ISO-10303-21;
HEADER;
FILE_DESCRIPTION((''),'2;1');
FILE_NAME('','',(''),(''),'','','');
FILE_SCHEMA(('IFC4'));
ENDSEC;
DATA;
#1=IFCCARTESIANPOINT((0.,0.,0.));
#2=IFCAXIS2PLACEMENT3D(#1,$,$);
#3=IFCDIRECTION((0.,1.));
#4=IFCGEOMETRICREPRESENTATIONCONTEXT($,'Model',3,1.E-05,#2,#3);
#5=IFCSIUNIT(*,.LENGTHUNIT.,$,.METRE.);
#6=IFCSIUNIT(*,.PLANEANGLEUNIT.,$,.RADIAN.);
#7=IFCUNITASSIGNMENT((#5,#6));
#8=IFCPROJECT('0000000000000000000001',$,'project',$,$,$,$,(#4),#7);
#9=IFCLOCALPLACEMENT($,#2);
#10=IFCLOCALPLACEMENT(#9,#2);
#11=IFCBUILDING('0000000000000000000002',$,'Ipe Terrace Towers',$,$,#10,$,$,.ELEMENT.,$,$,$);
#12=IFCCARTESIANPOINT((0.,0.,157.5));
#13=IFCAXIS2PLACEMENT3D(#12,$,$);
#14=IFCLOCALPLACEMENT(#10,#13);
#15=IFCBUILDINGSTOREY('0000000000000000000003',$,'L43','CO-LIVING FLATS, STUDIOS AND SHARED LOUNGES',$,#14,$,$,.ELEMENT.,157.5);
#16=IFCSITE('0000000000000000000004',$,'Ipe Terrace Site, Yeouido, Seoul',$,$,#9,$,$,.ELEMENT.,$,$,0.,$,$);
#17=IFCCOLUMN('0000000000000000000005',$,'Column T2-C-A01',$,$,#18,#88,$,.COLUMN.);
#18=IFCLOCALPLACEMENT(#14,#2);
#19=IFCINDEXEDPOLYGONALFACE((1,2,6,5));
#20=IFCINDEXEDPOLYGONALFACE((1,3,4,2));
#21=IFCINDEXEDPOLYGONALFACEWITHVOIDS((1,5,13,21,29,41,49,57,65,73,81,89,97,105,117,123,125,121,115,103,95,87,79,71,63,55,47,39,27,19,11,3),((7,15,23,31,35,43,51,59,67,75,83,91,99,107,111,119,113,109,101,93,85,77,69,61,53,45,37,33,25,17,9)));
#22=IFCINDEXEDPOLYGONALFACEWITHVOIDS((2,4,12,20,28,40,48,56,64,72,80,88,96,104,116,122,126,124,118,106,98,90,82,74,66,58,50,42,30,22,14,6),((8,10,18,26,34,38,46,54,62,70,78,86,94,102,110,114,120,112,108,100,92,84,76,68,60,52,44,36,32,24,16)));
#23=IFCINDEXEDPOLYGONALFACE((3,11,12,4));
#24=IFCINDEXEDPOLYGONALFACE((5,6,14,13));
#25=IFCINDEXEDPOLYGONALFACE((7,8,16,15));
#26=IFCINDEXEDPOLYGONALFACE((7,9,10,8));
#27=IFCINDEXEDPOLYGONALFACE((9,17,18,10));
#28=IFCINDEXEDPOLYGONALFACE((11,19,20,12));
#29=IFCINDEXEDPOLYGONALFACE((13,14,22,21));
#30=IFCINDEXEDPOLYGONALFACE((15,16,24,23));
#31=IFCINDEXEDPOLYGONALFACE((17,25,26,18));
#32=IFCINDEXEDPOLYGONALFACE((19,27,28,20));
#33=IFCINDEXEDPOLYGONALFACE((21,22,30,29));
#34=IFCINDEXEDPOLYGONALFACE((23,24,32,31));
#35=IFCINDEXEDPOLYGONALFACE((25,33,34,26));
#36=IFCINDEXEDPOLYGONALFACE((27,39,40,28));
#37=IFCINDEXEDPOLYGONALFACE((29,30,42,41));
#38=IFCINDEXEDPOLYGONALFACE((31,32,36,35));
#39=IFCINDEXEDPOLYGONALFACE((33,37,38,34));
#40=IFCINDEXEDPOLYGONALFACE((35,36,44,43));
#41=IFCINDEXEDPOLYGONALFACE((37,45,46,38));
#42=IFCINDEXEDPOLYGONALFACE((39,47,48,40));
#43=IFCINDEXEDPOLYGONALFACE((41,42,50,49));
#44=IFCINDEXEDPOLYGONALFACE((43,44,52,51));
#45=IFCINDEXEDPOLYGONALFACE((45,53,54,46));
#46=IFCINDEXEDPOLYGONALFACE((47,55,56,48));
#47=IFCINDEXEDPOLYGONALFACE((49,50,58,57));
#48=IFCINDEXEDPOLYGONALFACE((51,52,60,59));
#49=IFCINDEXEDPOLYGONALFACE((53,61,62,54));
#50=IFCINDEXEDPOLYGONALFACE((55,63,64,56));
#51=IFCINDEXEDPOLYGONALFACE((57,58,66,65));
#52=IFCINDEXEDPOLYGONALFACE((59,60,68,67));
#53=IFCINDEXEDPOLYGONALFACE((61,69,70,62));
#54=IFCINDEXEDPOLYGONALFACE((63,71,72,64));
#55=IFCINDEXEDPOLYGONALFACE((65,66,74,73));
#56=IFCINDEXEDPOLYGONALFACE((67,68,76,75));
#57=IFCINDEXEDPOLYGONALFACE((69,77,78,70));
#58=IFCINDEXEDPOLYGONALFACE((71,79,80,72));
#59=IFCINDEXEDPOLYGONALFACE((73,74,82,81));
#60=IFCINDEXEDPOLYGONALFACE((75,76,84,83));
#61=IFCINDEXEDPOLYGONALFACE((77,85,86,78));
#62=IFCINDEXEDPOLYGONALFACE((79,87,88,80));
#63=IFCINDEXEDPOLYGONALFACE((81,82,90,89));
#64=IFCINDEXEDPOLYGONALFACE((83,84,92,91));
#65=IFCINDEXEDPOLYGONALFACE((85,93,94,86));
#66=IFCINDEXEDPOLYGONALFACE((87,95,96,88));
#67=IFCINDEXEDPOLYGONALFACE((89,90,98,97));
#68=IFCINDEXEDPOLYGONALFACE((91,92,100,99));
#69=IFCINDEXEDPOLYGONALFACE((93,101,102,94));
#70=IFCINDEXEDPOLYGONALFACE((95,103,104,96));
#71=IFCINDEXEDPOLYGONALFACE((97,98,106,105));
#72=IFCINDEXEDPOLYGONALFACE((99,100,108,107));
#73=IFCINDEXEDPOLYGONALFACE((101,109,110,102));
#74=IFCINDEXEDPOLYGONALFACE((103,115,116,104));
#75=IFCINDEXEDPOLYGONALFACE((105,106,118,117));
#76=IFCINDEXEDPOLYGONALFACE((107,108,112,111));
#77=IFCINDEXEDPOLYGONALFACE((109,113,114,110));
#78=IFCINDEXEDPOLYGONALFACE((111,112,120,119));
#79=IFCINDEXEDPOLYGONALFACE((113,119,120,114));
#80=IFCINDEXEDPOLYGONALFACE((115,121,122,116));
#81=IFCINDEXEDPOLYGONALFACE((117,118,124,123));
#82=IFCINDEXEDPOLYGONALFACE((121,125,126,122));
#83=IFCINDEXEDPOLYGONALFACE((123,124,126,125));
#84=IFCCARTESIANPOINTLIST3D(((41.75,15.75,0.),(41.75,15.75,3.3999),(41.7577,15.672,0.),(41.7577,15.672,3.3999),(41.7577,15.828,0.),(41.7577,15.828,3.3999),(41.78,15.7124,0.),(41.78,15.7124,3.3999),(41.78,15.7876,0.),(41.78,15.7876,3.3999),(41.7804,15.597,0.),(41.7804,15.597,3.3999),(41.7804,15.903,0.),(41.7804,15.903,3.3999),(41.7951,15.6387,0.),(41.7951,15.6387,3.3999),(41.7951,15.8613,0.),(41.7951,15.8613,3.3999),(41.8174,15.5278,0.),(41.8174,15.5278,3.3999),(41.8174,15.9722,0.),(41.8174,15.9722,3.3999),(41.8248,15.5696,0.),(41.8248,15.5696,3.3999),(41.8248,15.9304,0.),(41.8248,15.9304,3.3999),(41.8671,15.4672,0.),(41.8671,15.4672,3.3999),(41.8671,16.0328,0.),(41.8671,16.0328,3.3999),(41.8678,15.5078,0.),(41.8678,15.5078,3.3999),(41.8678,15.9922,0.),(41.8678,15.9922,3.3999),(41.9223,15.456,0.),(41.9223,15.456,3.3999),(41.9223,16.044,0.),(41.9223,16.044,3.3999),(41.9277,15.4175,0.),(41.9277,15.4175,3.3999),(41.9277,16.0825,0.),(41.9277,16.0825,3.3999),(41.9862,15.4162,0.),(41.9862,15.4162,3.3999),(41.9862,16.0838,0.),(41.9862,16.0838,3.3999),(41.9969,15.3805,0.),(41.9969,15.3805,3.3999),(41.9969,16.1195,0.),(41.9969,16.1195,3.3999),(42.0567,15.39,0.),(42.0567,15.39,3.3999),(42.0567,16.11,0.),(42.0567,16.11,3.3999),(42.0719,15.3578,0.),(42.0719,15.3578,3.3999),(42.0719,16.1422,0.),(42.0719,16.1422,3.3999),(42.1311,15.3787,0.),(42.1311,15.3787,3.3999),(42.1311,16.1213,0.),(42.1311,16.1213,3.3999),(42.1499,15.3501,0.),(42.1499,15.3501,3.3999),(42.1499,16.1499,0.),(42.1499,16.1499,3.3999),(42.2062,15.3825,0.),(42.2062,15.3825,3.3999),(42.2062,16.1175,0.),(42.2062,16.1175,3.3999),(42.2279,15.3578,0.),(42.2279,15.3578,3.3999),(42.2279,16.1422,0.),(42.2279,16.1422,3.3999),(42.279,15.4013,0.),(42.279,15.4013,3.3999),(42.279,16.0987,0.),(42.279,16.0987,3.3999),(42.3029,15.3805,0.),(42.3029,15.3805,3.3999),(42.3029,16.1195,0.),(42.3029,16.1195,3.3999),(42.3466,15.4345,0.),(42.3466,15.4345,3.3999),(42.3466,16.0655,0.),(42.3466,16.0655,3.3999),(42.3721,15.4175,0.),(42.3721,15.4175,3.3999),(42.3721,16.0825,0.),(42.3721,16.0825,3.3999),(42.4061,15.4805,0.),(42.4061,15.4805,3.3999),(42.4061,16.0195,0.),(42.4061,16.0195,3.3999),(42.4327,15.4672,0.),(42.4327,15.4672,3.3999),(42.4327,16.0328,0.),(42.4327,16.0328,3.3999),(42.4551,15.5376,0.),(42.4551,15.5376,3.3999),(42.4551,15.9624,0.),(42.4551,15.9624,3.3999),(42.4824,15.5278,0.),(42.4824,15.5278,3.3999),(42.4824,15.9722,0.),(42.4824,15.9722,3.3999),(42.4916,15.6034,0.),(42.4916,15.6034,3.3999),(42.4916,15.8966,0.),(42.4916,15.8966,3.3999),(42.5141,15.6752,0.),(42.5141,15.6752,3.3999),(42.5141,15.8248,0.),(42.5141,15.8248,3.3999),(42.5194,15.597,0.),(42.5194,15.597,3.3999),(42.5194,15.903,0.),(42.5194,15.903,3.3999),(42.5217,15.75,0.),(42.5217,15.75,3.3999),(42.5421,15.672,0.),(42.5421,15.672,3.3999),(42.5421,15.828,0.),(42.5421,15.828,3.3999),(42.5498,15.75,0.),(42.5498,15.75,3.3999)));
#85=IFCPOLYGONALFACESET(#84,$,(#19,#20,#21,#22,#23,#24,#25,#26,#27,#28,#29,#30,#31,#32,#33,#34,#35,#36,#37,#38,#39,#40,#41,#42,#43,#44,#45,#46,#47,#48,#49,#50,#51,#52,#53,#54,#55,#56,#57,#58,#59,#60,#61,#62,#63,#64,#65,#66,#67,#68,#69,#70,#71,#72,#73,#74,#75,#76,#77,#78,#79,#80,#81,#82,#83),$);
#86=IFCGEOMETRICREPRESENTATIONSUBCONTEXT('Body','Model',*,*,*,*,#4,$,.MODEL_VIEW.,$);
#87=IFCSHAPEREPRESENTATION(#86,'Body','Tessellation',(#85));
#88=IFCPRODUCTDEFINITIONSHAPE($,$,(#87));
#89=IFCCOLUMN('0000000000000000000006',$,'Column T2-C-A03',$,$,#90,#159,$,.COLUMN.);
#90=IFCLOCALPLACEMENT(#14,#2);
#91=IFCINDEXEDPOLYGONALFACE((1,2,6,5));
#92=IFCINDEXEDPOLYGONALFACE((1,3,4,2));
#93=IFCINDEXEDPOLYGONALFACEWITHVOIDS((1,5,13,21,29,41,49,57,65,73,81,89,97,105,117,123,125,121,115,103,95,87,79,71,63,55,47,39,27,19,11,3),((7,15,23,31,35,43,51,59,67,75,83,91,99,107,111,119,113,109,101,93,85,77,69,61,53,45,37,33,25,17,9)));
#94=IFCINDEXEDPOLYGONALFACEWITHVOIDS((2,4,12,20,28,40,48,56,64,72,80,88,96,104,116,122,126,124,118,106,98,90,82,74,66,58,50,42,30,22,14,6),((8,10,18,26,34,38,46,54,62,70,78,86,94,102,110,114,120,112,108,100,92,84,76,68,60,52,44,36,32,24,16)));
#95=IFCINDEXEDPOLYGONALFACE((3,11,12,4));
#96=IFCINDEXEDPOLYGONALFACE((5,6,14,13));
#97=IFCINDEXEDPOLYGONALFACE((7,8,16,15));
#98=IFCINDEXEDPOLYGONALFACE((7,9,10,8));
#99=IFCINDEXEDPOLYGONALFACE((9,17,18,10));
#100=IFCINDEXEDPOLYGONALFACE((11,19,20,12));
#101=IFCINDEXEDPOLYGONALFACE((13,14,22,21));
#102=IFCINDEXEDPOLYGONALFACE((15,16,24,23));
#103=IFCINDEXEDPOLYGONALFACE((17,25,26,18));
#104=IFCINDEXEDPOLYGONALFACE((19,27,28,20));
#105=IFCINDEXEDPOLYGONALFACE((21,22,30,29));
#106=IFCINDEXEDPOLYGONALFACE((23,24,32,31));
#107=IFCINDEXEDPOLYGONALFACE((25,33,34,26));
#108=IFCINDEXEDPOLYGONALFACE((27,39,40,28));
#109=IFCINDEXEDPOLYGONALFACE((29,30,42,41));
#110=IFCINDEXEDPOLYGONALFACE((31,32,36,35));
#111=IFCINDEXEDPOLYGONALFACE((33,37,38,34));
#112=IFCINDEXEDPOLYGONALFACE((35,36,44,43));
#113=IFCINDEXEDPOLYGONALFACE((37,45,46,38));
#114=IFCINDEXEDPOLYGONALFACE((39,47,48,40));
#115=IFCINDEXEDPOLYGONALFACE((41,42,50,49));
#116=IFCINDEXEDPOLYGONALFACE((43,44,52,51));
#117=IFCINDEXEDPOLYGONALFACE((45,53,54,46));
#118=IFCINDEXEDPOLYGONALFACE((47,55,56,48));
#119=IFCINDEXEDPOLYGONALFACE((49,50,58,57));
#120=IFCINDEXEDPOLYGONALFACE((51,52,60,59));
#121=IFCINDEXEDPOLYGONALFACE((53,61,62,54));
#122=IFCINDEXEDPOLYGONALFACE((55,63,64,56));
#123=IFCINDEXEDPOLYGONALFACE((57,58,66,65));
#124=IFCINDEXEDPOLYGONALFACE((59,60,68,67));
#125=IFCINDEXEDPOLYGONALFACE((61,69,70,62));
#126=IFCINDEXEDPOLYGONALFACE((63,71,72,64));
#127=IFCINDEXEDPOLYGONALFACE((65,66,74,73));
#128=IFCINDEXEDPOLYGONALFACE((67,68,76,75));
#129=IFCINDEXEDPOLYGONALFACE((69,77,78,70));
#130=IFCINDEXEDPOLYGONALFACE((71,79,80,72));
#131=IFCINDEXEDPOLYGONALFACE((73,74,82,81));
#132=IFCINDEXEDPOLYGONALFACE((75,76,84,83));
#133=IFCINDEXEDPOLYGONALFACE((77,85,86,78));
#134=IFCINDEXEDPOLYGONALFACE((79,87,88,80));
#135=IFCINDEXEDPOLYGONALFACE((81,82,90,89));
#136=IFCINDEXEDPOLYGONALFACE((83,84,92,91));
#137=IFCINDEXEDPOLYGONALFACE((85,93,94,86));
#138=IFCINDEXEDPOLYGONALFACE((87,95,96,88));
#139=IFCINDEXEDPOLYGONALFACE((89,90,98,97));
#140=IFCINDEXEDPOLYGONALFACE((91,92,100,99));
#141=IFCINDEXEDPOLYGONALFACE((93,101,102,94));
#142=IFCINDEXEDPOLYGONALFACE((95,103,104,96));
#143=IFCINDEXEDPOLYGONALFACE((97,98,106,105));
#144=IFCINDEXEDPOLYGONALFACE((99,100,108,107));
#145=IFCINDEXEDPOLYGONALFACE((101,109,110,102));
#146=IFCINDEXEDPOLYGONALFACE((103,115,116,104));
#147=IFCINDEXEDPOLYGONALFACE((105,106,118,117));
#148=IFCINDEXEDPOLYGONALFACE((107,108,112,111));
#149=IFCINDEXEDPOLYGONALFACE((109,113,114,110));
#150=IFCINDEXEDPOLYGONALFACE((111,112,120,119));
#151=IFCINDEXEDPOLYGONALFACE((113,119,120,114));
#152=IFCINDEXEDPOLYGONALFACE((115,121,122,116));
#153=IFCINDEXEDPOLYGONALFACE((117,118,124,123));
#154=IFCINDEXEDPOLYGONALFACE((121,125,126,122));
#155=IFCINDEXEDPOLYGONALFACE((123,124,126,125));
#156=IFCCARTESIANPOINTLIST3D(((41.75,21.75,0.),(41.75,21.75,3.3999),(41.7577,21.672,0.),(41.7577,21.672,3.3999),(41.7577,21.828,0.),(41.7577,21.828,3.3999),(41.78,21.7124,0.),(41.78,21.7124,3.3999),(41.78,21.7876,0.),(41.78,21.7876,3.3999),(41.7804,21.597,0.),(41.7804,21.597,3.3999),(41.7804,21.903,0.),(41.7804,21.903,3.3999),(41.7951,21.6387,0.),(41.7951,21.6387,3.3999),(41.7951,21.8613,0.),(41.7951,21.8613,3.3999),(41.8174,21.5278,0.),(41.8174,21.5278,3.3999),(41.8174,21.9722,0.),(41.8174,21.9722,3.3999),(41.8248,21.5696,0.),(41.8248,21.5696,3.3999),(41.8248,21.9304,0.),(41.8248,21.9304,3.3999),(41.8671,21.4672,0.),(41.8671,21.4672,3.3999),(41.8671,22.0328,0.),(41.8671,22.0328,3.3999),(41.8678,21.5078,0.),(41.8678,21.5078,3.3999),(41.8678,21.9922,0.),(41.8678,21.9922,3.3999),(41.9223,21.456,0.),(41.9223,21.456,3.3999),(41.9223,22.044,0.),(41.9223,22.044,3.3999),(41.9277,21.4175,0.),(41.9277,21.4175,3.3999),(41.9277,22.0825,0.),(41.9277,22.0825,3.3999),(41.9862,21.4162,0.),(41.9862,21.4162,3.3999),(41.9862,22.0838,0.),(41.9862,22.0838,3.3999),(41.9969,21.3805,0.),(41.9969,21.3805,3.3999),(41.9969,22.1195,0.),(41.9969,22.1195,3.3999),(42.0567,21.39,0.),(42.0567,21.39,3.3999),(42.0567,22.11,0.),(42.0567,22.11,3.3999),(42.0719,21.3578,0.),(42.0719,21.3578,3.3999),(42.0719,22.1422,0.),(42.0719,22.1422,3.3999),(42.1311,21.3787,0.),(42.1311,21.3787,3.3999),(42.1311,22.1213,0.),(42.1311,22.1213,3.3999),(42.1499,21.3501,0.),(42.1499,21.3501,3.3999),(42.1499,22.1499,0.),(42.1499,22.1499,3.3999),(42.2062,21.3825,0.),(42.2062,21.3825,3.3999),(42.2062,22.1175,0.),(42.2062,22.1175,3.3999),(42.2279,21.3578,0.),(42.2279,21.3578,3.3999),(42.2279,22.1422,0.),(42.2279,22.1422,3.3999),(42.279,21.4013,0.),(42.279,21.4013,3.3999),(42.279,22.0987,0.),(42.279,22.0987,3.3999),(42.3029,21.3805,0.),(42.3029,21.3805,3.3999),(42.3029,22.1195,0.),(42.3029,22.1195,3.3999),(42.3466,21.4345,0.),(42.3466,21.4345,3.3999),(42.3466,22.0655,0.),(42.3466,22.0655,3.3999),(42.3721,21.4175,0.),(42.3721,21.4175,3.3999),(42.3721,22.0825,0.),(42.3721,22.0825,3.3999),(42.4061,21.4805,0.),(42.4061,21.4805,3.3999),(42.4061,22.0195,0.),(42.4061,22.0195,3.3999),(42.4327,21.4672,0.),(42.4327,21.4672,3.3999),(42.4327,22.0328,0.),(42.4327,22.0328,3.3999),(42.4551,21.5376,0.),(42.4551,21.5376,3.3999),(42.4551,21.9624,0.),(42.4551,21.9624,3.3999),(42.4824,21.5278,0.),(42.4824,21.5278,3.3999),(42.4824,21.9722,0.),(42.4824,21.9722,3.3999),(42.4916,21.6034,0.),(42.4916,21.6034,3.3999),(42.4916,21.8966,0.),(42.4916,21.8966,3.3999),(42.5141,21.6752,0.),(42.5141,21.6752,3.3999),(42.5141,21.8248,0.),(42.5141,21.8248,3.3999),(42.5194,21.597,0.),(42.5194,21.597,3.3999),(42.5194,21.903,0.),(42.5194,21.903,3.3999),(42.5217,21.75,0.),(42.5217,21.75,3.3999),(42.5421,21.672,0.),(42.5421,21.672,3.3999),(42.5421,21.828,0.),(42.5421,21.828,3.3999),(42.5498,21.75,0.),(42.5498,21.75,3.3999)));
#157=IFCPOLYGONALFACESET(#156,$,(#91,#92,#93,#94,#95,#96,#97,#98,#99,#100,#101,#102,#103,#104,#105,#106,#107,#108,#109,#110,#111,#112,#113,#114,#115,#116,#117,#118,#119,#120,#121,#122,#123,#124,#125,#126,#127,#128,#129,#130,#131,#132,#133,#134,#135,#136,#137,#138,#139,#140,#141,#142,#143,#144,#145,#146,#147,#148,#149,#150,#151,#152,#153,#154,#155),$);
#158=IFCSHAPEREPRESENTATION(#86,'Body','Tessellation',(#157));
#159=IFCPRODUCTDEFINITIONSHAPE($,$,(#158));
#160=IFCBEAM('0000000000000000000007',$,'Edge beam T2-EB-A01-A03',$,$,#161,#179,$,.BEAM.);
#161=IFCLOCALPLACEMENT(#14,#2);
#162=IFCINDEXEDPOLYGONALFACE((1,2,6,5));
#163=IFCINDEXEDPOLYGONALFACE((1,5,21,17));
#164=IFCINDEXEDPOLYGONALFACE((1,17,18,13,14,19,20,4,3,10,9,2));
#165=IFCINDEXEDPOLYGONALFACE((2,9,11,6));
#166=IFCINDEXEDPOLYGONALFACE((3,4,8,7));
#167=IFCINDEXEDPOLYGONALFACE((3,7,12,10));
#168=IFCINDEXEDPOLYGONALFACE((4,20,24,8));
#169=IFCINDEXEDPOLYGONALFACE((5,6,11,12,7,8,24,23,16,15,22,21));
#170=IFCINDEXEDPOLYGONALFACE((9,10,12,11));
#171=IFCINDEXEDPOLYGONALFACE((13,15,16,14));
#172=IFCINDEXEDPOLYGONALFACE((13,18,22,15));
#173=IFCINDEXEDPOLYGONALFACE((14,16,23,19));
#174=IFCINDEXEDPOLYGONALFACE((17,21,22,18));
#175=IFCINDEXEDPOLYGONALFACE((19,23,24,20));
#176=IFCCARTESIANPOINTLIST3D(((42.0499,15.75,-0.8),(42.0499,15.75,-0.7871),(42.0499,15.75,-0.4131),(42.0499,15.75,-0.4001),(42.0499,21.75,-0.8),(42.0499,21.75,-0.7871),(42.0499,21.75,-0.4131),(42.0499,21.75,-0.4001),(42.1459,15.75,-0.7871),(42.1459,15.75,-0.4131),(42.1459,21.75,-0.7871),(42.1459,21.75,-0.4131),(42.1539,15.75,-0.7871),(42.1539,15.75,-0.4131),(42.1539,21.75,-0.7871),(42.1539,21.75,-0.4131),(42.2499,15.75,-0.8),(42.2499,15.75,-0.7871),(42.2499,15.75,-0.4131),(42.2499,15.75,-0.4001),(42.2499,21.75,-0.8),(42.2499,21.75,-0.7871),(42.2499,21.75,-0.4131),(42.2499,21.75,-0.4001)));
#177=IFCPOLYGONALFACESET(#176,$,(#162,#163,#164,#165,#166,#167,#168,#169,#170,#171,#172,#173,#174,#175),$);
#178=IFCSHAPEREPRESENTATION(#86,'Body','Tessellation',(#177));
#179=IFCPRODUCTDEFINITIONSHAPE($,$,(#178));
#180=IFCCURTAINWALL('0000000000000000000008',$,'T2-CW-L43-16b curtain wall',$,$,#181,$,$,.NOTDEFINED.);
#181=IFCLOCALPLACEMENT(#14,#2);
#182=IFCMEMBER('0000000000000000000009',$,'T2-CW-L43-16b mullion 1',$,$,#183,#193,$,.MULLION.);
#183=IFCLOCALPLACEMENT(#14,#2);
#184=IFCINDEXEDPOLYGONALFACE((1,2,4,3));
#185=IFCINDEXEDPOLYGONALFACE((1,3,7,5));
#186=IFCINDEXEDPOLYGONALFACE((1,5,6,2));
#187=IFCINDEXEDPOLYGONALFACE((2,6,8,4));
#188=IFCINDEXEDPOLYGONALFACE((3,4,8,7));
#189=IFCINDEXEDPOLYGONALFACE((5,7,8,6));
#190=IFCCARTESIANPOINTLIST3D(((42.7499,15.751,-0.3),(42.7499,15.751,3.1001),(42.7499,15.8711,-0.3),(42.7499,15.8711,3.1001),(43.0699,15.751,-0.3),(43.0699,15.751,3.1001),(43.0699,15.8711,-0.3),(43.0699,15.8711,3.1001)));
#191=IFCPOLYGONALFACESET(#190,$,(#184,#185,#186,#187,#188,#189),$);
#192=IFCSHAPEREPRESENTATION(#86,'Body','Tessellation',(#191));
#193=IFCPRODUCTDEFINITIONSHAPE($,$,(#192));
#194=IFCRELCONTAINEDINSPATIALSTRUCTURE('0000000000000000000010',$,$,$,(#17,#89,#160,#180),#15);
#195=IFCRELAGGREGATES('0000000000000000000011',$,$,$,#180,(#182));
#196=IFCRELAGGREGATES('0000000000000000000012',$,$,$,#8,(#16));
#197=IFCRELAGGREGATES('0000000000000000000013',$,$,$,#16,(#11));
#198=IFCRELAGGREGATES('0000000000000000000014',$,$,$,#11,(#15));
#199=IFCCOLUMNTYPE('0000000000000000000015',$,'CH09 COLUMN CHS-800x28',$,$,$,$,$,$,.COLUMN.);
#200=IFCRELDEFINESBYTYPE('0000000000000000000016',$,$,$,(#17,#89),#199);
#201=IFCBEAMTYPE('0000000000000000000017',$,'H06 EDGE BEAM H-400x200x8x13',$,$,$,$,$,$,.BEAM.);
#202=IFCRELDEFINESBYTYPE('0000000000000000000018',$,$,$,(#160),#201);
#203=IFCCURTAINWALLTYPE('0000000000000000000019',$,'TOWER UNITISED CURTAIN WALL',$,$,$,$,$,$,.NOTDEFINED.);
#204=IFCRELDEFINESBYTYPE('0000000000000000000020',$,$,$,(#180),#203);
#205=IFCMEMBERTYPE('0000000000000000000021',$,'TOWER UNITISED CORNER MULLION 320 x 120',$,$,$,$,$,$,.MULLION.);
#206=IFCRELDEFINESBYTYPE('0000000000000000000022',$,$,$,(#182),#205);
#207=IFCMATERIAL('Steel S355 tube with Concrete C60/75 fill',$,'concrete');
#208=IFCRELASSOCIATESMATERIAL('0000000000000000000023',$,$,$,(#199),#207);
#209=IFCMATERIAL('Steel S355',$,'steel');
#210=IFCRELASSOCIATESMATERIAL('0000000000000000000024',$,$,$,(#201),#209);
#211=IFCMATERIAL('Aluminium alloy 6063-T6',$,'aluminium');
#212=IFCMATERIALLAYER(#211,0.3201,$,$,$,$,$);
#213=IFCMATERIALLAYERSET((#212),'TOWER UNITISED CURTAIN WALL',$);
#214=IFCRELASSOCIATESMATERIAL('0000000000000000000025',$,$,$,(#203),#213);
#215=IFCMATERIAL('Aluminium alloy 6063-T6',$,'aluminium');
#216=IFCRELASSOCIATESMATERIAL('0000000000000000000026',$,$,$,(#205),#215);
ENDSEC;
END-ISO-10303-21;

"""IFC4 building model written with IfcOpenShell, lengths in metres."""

from ifc_helpers import new_model, si_unit, direction, frame, origin, origin_2d, place, context, subcontext, project, spatial, rectangle, hollow_circle, i_section, extrude, material, layer, layer_set, material_profile, profile_set, type_object, element, aggregate, save


model = new_model("IFC4")

# Units and contexts
model_context = context("Model", 3, precision=1e-05, world=origin(), true_north=direction((0.0, 1.0)))
body_context = subcontext(model_context, "Body", "Model", "MODEL_VIEW")
ifc_project = project(units=[si_unit("LENGTHUNIT", "METRE"), si_unit("PLANEANGLEUNIT", "RADIAN")], contexts=[model_context])

# Site, building, storey
site_placement = place(None, origin())
site = spatial("IfcSite", under=ifc_project, at=site_placement, Name="Ipe Terrace Site, Yeouido, Seoul", CompositionType="ELEMENT", RefElevation=0.0)
building_placement = place(site_placement, origin())
building = spatial("IfcBuilding", under=site, at=building_placement, Name="Ipe Terrace Towers", CompositionType="ELEMENT")
storey_placement = place(building_placement, frame((0.0, 0.0, 157.5)))
storey = spatial("IfcBuildingStorey", under=building, at=storey_placement, Name="L43", Description="CO-LIVING FLATS, STUDIOS AND SHARED LOUNGES", CompositionType="ELEMENT", Elevation=157.5)

# Columns
ifc_material_1 = material(Name="Steel S355 tube with Concrete C60/75 fill", Category="concrete")
ifc_material_profile_1 = material_profile(ifc_material_1, hollow_circle(Radius=0.3999, WallThickness=0.0281, at=origin_2d()), Name="CHS-800x28")
ifc_profile_set_1 = profile_set([ifc_material_profile_1], Name="Steel S355 tube with Concrete C60/75 fill")
column_type = type_object("IfcColumnType", Name="CH09 COLUMN CHS-800x28", PredefinedType="COLUMN", material=ifc_profile_set_1)
for number, where, z_axis, x_axis, name in (
    (1, (42.1499, 15.75, 0.0), (0.0, 0.0, 1.0), (1.0, 0.0, 0.0), "Column T2-C-A01"),
    (2, (42.1499, 21.75, 0.0), (0.0, 0.0, 1.0), (1.0, 0.0, 0.0), "Column T2-C-A03"),
):
    element("IfcColumn", number, at=place(storey_placement, frame(where, z_axis=z_axis, x_axis=x_axis)), inside=storey, type_object=column_type, Name=name, PredefinedType="COLUMN", context=body_context, shape_type="SweptSolid", body=[
        extrude(hollow_circle(Radius=0.3999, WallThickness=0.0281, at=origin_2d()), origin(), (0.0, 0.0, 1.0), 3.3999),
    ])

# Beam
ifc_material_2 = material(Name="Steel S355", Category="steel")
ifc_material_profile_2 = material_profile(ifc_material_2, i_section(OverallWidth=0.2, OverallDepth=0.3999, WebThickness=0.0081, FlangeThickness=0.0129, at=origin_2d()), Name="H-400x200x8x13")
ifc_profile_set_2 = profile_set([ifc_material_profile_2], Name="Steel S355")
beam_type = type_object("IfcBeamType", Name="H06 EDGE BEAM H-400x200x8x13", PredefinedType="BEAM", material=ifc_profile_set_2)
beam_placement = place(storey_placement, frame((42.1499, 15.75, -0.6001), z_axis=(0.0, 1.0, 0.0), x_axis=(-1.0, 0.0, 0.0)))
element("IfcBeam", 3, at=beam_placement, inside=storey, type_object=beam_type, Name="Edge beam T2-EB-A01-A03", PredefinedType="BEAM", context=body_context, shape_type="SweptSolid", body=[
    extrude(i_section(OverallWidth=0.2, OverallDepth=0.3999, WebThickness=0.0081, FlangeThickness=0.0129, at=origin_2d()), origin(), (0.0, 0.0, 1.0), 6.0),
])

# Curtain wall, member
ifc_material_3 = material(Name="Aluminium alloy 6063-T6", Category="aluminium")
ifc_layer_1 = layer(ifc_material_3, 0.3201)
ifc_layer_set_1 = layer_set([ifc_layer_1], Name="TOWER UNITISED CURTAIN WALL")
curtain_wall_type = type_object("IfcCurtainWallType", Name="TOWER UNITISED CURTAIN WALL", PredefinedType="NOTDEFINED", material=ifc_layer_set_1)
curtain_wall_1_placement = place(storey_placement, origin())
curtain_wall_1 = element("IfcCurtainWall", 4, at=curtain_wall_1_placement, inside=storey, type_object=curtain_wall_type, Name="T2-CW-L43-16b curtain wall", PredefinedType="NOTDEFINED")
ifc_material_4 = material(Name="Aluminium alloy 6063-T6", Category="aluminium")
ifc_material_profile_3 = material_profile(ifc_material_4, rectangle(XDim=0.3201, YDim=0.1201, at=origin_2d()), Name="TOWER UNITISED CORNER MULLION 320 x 120")
ifc_profile_set_3 = profile_set([ifc_material_profile_3], Name="Aluminium alloy 6063-T6")
member_type_1 = type_object("IfcMemberType", Name="TOWER UNITISED CORNER MULLION 320 x 120", PredefinedType="MULLION", material=ifc_profile_set_3)
member_1_placement = place(storey_placement, frame((42.9099, 15.811, -0.3), z_axis=(0.0, 0.0, 1.0), x_axis=(1.0, 0.0, 0.0)))
member_1 = element("IfcMember", 5, at=member_1_placement, type_object=member_type_1, Name="T2-CW-L43-16b mullion 1", PredefinedType="MULLION", context=body_context, shape_type="SweptSolid", body=[
    extrude(rectangle(XDim=0.3201, YDim=0.1201, at=origin_2d()), origin(), (0.0, 0.0, 1.0), 3.4001),
])

aggregate(curtain_wall_1, [member_1])

save(model, "model.ifc")
